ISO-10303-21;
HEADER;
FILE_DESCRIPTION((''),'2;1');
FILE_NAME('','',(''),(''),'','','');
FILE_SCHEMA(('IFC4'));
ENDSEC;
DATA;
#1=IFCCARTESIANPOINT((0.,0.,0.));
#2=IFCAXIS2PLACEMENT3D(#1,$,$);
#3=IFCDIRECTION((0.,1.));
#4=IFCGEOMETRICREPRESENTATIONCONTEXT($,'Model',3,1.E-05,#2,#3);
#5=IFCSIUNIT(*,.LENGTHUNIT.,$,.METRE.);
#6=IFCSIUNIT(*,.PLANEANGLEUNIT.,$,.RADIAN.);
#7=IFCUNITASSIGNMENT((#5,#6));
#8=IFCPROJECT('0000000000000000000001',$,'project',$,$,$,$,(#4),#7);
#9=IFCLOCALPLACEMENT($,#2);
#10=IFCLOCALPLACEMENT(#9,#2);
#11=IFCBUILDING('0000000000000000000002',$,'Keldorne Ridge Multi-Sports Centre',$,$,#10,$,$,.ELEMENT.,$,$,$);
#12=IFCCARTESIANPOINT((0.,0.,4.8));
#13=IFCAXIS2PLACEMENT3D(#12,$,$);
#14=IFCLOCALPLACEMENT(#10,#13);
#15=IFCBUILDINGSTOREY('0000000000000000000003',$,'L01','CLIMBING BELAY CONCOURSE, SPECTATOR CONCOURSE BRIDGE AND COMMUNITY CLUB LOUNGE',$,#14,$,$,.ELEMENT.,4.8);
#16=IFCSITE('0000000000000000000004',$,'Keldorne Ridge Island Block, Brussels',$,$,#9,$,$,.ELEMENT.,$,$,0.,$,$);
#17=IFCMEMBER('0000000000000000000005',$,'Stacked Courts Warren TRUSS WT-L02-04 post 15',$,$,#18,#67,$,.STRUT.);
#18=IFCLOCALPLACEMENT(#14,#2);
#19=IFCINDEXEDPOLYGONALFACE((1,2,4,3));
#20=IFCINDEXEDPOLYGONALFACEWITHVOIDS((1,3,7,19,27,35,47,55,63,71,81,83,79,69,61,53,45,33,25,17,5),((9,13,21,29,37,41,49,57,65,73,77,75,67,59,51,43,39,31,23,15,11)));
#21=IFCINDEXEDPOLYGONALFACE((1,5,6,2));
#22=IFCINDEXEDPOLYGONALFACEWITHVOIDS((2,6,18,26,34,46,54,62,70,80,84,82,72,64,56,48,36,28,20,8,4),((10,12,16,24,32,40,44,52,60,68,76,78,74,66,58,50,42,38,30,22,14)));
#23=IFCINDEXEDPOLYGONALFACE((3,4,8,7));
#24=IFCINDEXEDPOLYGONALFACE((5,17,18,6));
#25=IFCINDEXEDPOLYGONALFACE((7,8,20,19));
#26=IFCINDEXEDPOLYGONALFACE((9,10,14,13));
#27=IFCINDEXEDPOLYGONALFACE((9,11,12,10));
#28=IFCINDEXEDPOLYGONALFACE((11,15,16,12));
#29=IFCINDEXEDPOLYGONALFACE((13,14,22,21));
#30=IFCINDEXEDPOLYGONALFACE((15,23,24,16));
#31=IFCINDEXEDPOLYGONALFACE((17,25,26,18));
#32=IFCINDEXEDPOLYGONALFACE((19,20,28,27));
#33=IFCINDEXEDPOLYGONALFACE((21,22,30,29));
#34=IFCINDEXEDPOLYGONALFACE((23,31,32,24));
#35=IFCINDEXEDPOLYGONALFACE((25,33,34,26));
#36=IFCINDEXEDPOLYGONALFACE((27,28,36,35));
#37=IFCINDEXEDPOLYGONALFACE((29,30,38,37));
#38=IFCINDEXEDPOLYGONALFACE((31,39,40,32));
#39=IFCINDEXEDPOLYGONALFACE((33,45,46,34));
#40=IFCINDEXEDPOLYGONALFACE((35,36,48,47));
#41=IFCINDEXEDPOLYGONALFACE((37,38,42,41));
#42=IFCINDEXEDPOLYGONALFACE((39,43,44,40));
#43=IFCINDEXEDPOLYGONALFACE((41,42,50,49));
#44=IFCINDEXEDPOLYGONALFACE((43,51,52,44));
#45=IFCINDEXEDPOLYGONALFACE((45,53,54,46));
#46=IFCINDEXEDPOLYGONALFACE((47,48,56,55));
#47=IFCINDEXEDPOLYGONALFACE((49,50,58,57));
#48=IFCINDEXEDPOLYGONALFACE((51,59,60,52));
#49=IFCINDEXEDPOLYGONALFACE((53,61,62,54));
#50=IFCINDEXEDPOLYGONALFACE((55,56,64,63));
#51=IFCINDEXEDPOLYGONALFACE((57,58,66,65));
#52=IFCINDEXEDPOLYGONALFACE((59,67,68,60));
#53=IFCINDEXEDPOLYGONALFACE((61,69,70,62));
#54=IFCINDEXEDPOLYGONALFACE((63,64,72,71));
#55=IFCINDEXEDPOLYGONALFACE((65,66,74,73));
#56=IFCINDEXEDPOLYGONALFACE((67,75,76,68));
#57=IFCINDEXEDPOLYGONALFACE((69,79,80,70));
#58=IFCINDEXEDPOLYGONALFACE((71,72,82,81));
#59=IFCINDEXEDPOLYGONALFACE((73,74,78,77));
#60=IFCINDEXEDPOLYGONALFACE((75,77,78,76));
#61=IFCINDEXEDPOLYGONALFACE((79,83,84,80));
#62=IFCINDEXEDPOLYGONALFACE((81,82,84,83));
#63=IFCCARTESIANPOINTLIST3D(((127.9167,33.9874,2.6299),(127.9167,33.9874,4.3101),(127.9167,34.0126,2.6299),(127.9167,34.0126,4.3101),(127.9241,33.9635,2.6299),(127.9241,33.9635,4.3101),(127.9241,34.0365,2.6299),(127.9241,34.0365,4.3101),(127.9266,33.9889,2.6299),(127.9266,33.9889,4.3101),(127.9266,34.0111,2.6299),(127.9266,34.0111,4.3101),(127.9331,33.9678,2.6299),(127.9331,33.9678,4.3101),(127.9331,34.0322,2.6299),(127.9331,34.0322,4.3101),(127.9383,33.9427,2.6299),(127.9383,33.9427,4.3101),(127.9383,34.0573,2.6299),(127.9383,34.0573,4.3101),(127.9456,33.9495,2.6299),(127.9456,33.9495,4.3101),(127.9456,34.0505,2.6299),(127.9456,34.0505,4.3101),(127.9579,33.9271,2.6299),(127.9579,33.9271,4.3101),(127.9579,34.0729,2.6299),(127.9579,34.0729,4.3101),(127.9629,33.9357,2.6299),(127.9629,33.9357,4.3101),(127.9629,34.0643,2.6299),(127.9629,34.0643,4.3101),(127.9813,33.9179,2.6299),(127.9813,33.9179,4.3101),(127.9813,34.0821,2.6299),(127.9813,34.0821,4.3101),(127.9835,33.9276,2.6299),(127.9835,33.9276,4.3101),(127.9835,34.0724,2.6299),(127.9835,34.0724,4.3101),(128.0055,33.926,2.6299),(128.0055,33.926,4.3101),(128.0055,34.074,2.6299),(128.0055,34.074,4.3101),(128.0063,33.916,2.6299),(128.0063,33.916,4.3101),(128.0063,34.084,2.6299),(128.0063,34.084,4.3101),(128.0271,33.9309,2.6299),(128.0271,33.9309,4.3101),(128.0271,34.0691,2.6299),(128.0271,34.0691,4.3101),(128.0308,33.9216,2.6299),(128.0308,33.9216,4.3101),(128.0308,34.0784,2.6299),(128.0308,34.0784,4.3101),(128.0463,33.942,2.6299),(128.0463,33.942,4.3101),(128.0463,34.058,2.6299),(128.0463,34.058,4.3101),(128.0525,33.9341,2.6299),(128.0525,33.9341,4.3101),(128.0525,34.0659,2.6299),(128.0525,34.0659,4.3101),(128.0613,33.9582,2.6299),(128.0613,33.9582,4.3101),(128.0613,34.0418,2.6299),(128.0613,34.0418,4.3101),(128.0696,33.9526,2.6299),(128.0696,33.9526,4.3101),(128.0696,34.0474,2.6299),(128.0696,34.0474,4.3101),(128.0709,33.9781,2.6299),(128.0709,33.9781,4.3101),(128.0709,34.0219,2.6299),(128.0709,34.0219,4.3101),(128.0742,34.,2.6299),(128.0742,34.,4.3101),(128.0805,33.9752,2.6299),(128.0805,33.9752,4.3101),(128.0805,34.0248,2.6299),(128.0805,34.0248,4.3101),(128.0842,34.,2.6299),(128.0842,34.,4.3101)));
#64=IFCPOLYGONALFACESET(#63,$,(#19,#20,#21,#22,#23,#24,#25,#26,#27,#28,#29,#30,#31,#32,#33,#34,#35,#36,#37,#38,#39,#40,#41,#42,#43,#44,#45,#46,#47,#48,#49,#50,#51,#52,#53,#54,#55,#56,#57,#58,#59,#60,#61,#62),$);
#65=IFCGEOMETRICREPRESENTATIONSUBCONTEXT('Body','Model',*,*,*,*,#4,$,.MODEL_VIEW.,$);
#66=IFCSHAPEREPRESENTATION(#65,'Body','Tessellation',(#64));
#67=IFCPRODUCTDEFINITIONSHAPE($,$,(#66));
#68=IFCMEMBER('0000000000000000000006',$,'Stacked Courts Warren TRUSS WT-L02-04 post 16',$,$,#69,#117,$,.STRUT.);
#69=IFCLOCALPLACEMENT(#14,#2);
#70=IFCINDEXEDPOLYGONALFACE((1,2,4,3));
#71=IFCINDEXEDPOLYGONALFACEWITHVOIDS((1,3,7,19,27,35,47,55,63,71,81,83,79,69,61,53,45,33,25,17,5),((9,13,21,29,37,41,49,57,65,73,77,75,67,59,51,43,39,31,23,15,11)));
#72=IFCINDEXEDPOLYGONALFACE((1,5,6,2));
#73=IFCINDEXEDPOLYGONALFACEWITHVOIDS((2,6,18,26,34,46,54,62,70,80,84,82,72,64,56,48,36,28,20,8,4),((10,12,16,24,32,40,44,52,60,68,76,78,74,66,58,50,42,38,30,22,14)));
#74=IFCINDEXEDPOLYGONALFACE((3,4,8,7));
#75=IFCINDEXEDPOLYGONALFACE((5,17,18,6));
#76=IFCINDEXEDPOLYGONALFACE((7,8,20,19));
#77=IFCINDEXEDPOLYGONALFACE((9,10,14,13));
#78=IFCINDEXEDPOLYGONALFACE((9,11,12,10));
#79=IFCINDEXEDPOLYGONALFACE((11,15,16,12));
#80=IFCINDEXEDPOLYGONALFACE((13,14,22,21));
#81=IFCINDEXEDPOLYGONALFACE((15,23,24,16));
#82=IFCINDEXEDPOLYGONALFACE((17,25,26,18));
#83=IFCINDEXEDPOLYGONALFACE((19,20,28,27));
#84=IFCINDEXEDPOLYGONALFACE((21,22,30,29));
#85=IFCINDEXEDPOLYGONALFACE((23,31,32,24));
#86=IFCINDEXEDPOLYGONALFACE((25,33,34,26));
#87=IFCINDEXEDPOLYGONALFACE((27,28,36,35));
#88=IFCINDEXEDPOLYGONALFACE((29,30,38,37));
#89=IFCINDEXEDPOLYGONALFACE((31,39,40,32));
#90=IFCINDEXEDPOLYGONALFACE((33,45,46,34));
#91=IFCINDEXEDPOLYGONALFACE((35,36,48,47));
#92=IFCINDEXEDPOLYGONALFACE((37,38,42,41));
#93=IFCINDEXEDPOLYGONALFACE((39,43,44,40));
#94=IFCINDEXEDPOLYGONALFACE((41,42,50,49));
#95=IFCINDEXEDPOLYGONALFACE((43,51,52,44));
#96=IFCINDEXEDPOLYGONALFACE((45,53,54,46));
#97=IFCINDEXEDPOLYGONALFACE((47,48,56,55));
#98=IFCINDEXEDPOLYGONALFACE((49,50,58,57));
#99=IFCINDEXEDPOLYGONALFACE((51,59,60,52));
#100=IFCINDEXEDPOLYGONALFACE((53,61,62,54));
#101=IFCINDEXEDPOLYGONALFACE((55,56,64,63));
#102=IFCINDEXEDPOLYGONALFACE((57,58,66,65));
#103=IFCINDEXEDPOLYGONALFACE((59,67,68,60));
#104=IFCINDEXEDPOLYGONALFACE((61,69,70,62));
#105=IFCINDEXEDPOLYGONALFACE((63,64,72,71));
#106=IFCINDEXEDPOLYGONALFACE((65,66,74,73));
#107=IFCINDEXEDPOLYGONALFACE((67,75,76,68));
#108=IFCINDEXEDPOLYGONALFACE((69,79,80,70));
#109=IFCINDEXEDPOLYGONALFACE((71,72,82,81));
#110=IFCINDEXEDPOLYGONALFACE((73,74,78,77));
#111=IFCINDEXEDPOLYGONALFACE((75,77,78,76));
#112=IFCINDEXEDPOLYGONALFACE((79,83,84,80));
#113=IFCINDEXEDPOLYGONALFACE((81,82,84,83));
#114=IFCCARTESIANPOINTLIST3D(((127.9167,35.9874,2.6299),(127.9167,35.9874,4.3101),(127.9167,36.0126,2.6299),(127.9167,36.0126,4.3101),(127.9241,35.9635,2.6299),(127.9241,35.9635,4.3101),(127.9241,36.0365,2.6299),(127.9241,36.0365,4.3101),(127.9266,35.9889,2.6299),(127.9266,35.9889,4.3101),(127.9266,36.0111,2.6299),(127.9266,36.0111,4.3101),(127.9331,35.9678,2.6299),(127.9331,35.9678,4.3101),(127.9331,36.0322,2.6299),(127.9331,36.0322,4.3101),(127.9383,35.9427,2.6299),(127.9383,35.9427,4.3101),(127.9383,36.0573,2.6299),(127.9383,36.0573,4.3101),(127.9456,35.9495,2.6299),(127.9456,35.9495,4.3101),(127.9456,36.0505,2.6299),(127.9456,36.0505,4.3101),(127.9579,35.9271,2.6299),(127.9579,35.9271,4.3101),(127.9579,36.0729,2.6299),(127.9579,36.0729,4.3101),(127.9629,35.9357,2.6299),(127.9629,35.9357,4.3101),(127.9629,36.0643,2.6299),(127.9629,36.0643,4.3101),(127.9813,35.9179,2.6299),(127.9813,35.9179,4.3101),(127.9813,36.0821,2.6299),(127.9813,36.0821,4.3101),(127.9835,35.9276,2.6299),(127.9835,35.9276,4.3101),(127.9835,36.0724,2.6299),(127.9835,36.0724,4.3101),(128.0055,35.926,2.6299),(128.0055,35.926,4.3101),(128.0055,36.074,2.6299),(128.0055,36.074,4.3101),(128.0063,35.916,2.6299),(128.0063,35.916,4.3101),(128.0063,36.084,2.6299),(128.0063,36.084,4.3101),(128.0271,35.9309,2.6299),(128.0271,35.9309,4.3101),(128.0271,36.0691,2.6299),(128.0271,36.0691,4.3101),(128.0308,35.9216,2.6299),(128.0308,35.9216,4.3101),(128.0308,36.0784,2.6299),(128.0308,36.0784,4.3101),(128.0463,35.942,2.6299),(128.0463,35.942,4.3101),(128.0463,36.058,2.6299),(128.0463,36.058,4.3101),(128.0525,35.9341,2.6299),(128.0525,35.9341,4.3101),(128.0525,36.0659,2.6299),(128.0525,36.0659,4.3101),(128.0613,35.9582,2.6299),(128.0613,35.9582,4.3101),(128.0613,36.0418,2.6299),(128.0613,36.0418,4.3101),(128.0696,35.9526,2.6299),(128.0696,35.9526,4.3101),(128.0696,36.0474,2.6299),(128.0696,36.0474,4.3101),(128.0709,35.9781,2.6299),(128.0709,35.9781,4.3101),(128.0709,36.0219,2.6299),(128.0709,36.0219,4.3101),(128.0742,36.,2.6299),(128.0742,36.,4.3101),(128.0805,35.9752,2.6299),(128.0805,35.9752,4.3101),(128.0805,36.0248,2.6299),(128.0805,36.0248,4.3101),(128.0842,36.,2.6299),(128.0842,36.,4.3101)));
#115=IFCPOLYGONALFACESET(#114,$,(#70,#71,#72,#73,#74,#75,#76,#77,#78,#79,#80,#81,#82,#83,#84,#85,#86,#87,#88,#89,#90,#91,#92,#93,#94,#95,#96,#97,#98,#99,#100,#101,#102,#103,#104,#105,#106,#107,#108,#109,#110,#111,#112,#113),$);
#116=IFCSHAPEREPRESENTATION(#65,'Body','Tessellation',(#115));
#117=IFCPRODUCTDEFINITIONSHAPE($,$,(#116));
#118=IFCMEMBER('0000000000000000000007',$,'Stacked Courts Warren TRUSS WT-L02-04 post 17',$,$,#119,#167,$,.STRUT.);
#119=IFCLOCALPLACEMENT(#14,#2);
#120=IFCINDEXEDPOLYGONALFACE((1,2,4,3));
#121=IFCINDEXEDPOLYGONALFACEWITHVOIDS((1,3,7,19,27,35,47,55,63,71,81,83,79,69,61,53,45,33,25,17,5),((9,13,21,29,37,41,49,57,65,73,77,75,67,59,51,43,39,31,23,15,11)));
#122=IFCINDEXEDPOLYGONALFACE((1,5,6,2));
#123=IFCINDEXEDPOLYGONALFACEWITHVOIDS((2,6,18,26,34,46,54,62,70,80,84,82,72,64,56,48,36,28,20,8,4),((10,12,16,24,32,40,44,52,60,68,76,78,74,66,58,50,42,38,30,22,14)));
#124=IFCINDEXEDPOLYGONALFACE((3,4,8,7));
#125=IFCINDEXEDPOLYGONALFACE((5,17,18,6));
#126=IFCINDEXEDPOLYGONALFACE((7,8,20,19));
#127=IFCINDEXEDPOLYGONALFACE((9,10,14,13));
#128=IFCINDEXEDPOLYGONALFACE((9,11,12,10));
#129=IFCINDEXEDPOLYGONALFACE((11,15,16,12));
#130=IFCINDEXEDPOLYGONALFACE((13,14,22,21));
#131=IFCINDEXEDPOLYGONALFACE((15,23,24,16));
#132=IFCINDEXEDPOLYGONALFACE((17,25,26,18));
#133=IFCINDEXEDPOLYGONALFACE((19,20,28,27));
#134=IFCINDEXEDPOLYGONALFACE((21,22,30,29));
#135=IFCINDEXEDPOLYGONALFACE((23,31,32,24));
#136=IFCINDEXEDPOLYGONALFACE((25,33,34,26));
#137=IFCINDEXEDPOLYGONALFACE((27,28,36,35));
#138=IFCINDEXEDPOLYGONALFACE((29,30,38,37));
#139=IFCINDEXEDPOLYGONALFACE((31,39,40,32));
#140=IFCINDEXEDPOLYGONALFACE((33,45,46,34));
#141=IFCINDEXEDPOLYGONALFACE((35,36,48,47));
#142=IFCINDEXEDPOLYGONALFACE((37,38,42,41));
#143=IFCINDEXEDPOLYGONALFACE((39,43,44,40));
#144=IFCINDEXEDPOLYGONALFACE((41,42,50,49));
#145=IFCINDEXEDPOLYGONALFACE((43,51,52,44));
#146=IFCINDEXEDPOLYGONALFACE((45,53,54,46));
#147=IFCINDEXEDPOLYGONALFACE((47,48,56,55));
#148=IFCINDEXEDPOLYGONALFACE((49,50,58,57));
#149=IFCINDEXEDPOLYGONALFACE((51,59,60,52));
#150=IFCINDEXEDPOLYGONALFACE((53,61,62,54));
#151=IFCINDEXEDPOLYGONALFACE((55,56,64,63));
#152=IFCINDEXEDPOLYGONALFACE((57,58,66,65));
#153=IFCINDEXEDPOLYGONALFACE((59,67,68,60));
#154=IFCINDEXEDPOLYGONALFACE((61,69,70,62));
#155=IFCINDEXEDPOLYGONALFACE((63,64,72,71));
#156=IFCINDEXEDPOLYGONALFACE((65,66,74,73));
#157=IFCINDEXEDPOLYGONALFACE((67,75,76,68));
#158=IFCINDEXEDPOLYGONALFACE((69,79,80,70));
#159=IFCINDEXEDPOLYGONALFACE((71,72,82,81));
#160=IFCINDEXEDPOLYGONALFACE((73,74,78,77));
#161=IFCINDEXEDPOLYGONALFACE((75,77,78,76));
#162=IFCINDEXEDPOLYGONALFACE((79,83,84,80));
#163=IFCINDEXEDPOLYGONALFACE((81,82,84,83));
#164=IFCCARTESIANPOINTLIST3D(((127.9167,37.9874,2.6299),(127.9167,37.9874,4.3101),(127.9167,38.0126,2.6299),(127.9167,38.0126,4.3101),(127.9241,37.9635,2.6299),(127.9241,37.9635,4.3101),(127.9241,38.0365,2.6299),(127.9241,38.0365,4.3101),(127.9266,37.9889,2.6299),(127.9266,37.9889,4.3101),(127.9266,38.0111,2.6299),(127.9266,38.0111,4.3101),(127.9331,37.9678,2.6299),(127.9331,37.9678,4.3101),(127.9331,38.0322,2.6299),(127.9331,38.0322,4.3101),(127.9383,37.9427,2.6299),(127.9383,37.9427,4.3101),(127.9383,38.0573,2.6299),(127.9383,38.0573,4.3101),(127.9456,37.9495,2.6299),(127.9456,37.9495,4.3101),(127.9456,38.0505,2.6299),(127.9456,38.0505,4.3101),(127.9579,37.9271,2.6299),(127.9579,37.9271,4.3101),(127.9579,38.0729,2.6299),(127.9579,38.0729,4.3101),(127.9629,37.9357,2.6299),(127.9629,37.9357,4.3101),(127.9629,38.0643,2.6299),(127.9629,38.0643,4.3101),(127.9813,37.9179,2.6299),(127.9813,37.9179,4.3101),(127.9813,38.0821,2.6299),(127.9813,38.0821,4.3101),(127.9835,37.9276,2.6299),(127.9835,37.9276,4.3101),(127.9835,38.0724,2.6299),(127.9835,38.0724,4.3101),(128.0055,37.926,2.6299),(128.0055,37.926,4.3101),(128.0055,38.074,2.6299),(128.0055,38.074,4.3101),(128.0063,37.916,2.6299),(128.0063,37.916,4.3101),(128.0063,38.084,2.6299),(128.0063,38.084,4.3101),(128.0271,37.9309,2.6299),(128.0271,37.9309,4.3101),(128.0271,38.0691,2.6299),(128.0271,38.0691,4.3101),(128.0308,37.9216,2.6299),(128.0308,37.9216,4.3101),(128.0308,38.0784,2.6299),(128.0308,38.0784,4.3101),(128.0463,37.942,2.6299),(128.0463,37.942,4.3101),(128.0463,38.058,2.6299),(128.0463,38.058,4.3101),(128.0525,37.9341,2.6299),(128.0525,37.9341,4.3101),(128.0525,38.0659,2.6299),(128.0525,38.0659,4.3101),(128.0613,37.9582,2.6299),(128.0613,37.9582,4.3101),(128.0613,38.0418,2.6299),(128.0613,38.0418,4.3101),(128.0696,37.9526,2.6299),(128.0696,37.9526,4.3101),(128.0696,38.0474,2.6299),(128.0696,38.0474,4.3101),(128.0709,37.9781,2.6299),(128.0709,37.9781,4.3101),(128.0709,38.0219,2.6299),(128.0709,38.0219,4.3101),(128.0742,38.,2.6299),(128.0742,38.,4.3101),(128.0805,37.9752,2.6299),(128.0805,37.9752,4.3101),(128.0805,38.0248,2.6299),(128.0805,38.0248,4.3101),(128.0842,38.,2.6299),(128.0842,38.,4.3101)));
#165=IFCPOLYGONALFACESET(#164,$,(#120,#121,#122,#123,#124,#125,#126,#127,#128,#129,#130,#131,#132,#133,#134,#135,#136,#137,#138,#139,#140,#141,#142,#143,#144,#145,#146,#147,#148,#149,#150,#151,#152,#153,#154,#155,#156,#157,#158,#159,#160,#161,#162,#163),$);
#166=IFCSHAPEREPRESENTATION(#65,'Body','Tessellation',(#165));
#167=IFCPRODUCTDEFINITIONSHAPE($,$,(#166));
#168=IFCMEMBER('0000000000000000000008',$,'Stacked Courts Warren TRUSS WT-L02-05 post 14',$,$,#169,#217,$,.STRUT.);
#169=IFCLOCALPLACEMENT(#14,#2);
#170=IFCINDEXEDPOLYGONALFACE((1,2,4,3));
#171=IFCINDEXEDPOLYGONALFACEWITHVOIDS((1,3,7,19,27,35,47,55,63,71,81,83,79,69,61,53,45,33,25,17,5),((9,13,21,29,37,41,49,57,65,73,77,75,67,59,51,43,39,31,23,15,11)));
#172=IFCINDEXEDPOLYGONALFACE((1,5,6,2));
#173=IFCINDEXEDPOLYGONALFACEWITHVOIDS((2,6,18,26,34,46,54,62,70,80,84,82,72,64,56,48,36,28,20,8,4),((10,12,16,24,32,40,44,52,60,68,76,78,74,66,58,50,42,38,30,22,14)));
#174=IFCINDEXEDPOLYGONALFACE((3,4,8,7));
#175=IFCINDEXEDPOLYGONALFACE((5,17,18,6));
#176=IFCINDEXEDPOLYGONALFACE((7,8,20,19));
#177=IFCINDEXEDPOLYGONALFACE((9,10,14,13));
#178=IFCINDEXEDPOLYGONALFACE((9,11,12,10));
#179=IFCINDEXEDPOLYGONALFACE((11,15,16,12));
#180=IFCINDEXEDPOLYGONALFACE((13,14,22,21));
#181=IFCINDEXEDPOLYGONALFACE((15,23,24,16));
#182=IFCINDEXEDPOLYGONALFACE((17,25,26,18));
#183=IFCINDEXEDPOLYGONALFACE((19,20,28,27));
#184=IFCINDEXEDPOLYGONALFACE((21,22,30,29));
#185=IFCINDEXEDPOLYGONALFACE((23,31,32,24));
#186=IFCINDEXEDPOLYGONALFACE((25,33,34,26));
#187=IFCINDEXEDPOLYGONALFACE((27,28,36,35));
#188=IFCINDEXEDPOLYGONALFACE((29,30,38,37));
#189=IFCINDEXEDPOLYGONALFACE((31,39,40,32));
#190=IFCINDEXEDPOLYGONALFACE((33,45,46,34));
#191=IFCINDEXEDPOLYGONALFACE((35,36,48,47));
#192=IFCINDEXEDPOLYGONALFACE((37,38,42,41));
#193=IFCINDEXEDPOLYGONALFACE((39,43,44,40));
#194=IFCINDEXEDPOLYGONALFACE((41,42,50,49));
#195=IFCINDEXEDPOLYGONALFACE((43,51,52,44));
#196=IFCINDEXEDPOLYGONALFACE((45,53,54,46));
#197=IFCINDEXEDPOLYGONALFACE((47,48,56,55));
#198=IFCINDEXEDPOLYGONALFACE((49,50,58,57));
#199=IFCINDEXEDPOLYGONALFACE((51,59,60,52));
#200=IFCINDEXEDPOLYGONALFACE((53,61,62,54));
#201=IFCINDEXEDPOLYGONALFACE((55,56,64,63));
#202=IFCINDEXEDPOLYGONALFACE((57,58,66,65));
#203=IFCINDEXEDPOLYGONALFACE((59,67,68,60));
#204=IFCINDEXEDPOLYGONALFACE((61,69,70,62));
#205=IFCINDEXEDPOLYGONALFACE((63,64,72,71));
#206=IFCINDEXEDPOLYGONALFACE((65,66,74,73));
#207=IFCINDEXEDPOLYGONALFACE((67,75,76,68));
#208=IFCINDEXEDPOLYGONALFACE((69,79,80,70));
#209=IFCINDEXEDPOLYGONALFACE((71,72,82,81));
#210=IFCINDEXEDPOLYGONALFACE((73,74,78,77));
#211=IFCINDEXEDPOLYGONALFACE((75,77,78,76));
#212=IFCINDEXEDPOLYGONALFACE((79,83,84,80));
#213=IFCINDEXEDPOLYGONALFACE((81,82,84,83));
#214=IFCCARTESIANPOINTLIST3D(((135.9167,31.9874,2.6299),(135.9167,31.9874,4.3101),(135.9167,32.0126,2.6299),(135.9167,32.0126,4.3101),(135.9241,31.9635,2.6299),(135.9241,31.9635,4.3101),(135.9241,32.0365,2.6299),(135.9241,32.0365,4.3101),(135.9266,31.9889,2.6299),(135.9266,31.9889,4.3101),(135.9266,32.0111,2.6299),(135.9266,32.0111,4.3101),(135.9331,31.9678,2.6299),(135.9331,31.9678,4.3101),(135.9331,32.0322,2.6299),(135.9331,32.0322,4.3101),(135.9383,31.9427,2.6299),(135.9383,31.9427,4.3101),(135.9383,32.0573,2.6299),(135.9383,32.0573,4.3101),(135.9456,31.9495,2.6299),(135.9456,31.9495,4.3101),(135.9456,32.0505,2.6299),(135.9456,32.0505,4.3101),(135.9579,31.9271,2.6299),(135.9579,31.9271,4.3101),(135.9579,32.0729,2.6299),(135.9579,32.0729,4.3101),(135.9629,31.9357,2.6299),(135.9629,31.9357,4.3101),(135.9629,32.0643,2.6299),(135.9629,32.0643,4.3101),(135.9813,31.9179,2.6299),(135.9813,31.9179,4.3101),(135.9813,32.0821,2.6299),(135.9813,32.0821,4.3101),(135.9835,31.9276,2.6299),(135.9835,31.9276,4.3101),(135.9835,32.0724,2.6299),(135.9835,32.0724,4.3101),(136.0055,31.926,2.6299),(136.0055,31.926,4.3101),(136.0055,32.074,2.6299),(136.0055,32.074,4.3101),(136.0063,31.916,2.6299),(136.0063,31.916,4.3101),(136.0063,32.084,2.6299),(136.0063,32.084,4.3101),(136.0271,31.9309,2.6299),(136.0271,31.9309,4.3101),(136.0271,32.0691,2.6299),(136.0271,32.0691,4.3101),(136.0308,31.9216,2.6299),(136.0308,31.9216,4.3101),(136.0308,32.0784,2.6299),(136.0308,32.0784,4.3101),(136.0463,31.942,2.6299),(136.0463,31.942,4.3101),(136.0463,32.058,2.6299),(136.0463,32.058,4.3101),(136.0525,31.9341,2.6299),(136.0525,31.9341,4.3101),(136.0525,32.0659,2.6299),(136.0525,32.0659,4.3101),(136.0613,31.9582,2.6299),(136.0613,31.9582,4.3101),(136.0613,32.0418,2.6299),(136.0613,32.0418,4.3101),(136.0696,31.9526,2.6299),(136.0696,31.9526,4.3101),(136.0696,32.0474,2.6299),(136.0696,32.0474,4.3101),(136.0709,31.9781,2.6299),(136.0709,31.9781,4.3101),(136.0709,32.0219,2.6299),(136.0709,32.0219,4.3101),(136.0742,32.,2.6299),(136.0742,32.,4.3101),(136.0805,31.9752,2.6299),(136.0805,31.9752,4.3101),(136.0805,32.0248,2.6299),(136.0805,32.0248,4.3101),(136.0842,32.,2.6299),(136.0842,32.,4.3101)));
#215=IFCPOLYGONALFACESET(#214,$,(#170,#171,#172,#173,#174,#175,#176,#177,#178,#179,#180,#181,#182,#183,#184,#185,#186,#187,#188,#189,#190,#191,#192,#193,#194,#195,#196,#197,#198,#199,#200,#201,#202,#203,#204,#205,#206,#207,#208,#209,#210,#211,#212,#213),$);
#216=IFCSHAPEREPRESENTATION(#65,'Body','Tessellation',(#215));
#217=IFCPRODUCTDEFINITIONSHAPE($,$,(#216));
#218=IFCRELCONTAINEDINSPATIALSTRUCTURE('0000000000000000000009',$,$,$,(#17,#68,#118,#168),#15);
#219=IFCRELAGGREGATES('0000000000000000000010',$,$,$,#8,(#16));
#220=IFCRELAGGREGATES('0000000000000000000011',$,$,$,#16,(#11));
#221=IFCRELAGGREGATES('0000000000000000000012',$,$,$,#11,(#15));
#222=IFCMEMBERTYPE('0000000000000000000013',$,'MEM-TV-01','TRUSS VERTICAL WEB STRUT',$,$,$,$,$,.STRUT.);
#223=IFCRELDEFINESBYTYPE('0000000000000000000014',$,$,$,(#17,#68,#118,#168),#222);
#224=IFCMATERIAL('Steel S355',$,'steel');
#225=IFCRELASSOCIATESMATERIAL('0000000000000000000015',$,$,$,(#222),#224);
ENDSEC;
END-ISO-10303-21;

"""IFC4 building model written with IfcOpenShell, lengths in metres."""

from ifc_helpers import new_model, si_unit, direction, frame, origin, origin_2d, place, context, subcontext, project, spatial, hollow_circle, extrude, material, material_profile, profile_set, type_object, element, save


model = new_model("IFC4")

# Units and contexts
model_context = context("Model", 3, precision=1e-05, world=origin(), true_north=direction((0.0, 1.0)))
body_context = subcontext(model_context, "Body", "Model", "MODEL_VIEW")
ifc_project = project(units=[si_unit("LENGTHUNIT", "METRE"), si_unit("PLANEANGLEUNIT", "RADIAN")], contexts=[model_context])

# Site, building, storey
site_placement = place(None, origin())
site = spatial("IfcSite", under=ifc_project, at=site_placement, Name="Keldorne Ridge Island Block, Brussels", CompositionType="ELEMENT", RefElevation=0.0)
building_placement = place(site_placement, origin())
building = spatial("IfcBuilding", under=site, at=building_placement, Name="Keldorne Ridge Multi-Sports Centre", CompositionType="ELEMENT")
storey_placement = place(building_placement, frame((0.0, 0.0, 4.8)))
storey = spatial("IfcBuildingStorey", under=building, at=storey_placement, Name="L01", Description="CLIMBING BELAY CONCOURSE, SPECTATOR CONCOURSE BRIDGE AND COMMUNITY CLUB LOUNGE", CompositionType="ELEMENT", Elevation=4.8)

# Members
ifc_material = material(Name="Steel S355", Category="steel")
ifc_material_profile_1 = material_profile(ifc_material, hollow_circle(Radius=0.0842, WallThickness=0.01, at=origin_2d()), Name="CHS 168.3x10")
ifc_profile_set_1 = profile_set([ifc_material_profile_1], Name="Steel S355")
member_type_1 = type_object("IfcMemberType", Name="MEM-TV-01", Description="TRUSS VERTICAL WEB STRUT", PredefinedType="STRUT", material=ifc_profile_set_1)
for number, where, z_axis, x_axis, name in (
    (1, (128.0, 34.0, 2.6299), (0.0, 0.0, 1.0), (1.0, 0.0, 0.0), "Stacked Courts Warren TRUSS WT-L02-04 post 15"),
    (2, (128.0, 36.0, 2.6299), (0.0, 0.0, 1.0), (1.0, 0.0, 0.0), "Stacked Courts Warren TRUSS WT-L02-04 post 16"),
    (3, (128.0, 38.0, 2.6299), (0.0, 0.0, 1.0), (1.0, 0.0, 0.0), "Stacked Courts Warren TRUSS WT-L02-04 post 17"),
    (4, (136.0, 32.0, 2.6299), (0.0, 0.0, 1.0), (1.0, 0.0, 0.0), "Stacked Courts Warren TRUSS WT-L02-05 post 14"),
):
    element("IfcMember", number, at=place(storey_placement, frame(where, z_axis=z_axis, x_axis=x_axis)), inside=storey, type_object=member_type_1, Name=name, PredefinedType="STRUT", context=body_context, shape_type="SweptSolid", body=[
        extrude(hollow_circle(Radius=0.0842, WallThickness=0.01, at=origin_2d()), origin(), (0.0, 0.0, 1.0), 1.6802),
    ])

save(model, "model.ifc")
